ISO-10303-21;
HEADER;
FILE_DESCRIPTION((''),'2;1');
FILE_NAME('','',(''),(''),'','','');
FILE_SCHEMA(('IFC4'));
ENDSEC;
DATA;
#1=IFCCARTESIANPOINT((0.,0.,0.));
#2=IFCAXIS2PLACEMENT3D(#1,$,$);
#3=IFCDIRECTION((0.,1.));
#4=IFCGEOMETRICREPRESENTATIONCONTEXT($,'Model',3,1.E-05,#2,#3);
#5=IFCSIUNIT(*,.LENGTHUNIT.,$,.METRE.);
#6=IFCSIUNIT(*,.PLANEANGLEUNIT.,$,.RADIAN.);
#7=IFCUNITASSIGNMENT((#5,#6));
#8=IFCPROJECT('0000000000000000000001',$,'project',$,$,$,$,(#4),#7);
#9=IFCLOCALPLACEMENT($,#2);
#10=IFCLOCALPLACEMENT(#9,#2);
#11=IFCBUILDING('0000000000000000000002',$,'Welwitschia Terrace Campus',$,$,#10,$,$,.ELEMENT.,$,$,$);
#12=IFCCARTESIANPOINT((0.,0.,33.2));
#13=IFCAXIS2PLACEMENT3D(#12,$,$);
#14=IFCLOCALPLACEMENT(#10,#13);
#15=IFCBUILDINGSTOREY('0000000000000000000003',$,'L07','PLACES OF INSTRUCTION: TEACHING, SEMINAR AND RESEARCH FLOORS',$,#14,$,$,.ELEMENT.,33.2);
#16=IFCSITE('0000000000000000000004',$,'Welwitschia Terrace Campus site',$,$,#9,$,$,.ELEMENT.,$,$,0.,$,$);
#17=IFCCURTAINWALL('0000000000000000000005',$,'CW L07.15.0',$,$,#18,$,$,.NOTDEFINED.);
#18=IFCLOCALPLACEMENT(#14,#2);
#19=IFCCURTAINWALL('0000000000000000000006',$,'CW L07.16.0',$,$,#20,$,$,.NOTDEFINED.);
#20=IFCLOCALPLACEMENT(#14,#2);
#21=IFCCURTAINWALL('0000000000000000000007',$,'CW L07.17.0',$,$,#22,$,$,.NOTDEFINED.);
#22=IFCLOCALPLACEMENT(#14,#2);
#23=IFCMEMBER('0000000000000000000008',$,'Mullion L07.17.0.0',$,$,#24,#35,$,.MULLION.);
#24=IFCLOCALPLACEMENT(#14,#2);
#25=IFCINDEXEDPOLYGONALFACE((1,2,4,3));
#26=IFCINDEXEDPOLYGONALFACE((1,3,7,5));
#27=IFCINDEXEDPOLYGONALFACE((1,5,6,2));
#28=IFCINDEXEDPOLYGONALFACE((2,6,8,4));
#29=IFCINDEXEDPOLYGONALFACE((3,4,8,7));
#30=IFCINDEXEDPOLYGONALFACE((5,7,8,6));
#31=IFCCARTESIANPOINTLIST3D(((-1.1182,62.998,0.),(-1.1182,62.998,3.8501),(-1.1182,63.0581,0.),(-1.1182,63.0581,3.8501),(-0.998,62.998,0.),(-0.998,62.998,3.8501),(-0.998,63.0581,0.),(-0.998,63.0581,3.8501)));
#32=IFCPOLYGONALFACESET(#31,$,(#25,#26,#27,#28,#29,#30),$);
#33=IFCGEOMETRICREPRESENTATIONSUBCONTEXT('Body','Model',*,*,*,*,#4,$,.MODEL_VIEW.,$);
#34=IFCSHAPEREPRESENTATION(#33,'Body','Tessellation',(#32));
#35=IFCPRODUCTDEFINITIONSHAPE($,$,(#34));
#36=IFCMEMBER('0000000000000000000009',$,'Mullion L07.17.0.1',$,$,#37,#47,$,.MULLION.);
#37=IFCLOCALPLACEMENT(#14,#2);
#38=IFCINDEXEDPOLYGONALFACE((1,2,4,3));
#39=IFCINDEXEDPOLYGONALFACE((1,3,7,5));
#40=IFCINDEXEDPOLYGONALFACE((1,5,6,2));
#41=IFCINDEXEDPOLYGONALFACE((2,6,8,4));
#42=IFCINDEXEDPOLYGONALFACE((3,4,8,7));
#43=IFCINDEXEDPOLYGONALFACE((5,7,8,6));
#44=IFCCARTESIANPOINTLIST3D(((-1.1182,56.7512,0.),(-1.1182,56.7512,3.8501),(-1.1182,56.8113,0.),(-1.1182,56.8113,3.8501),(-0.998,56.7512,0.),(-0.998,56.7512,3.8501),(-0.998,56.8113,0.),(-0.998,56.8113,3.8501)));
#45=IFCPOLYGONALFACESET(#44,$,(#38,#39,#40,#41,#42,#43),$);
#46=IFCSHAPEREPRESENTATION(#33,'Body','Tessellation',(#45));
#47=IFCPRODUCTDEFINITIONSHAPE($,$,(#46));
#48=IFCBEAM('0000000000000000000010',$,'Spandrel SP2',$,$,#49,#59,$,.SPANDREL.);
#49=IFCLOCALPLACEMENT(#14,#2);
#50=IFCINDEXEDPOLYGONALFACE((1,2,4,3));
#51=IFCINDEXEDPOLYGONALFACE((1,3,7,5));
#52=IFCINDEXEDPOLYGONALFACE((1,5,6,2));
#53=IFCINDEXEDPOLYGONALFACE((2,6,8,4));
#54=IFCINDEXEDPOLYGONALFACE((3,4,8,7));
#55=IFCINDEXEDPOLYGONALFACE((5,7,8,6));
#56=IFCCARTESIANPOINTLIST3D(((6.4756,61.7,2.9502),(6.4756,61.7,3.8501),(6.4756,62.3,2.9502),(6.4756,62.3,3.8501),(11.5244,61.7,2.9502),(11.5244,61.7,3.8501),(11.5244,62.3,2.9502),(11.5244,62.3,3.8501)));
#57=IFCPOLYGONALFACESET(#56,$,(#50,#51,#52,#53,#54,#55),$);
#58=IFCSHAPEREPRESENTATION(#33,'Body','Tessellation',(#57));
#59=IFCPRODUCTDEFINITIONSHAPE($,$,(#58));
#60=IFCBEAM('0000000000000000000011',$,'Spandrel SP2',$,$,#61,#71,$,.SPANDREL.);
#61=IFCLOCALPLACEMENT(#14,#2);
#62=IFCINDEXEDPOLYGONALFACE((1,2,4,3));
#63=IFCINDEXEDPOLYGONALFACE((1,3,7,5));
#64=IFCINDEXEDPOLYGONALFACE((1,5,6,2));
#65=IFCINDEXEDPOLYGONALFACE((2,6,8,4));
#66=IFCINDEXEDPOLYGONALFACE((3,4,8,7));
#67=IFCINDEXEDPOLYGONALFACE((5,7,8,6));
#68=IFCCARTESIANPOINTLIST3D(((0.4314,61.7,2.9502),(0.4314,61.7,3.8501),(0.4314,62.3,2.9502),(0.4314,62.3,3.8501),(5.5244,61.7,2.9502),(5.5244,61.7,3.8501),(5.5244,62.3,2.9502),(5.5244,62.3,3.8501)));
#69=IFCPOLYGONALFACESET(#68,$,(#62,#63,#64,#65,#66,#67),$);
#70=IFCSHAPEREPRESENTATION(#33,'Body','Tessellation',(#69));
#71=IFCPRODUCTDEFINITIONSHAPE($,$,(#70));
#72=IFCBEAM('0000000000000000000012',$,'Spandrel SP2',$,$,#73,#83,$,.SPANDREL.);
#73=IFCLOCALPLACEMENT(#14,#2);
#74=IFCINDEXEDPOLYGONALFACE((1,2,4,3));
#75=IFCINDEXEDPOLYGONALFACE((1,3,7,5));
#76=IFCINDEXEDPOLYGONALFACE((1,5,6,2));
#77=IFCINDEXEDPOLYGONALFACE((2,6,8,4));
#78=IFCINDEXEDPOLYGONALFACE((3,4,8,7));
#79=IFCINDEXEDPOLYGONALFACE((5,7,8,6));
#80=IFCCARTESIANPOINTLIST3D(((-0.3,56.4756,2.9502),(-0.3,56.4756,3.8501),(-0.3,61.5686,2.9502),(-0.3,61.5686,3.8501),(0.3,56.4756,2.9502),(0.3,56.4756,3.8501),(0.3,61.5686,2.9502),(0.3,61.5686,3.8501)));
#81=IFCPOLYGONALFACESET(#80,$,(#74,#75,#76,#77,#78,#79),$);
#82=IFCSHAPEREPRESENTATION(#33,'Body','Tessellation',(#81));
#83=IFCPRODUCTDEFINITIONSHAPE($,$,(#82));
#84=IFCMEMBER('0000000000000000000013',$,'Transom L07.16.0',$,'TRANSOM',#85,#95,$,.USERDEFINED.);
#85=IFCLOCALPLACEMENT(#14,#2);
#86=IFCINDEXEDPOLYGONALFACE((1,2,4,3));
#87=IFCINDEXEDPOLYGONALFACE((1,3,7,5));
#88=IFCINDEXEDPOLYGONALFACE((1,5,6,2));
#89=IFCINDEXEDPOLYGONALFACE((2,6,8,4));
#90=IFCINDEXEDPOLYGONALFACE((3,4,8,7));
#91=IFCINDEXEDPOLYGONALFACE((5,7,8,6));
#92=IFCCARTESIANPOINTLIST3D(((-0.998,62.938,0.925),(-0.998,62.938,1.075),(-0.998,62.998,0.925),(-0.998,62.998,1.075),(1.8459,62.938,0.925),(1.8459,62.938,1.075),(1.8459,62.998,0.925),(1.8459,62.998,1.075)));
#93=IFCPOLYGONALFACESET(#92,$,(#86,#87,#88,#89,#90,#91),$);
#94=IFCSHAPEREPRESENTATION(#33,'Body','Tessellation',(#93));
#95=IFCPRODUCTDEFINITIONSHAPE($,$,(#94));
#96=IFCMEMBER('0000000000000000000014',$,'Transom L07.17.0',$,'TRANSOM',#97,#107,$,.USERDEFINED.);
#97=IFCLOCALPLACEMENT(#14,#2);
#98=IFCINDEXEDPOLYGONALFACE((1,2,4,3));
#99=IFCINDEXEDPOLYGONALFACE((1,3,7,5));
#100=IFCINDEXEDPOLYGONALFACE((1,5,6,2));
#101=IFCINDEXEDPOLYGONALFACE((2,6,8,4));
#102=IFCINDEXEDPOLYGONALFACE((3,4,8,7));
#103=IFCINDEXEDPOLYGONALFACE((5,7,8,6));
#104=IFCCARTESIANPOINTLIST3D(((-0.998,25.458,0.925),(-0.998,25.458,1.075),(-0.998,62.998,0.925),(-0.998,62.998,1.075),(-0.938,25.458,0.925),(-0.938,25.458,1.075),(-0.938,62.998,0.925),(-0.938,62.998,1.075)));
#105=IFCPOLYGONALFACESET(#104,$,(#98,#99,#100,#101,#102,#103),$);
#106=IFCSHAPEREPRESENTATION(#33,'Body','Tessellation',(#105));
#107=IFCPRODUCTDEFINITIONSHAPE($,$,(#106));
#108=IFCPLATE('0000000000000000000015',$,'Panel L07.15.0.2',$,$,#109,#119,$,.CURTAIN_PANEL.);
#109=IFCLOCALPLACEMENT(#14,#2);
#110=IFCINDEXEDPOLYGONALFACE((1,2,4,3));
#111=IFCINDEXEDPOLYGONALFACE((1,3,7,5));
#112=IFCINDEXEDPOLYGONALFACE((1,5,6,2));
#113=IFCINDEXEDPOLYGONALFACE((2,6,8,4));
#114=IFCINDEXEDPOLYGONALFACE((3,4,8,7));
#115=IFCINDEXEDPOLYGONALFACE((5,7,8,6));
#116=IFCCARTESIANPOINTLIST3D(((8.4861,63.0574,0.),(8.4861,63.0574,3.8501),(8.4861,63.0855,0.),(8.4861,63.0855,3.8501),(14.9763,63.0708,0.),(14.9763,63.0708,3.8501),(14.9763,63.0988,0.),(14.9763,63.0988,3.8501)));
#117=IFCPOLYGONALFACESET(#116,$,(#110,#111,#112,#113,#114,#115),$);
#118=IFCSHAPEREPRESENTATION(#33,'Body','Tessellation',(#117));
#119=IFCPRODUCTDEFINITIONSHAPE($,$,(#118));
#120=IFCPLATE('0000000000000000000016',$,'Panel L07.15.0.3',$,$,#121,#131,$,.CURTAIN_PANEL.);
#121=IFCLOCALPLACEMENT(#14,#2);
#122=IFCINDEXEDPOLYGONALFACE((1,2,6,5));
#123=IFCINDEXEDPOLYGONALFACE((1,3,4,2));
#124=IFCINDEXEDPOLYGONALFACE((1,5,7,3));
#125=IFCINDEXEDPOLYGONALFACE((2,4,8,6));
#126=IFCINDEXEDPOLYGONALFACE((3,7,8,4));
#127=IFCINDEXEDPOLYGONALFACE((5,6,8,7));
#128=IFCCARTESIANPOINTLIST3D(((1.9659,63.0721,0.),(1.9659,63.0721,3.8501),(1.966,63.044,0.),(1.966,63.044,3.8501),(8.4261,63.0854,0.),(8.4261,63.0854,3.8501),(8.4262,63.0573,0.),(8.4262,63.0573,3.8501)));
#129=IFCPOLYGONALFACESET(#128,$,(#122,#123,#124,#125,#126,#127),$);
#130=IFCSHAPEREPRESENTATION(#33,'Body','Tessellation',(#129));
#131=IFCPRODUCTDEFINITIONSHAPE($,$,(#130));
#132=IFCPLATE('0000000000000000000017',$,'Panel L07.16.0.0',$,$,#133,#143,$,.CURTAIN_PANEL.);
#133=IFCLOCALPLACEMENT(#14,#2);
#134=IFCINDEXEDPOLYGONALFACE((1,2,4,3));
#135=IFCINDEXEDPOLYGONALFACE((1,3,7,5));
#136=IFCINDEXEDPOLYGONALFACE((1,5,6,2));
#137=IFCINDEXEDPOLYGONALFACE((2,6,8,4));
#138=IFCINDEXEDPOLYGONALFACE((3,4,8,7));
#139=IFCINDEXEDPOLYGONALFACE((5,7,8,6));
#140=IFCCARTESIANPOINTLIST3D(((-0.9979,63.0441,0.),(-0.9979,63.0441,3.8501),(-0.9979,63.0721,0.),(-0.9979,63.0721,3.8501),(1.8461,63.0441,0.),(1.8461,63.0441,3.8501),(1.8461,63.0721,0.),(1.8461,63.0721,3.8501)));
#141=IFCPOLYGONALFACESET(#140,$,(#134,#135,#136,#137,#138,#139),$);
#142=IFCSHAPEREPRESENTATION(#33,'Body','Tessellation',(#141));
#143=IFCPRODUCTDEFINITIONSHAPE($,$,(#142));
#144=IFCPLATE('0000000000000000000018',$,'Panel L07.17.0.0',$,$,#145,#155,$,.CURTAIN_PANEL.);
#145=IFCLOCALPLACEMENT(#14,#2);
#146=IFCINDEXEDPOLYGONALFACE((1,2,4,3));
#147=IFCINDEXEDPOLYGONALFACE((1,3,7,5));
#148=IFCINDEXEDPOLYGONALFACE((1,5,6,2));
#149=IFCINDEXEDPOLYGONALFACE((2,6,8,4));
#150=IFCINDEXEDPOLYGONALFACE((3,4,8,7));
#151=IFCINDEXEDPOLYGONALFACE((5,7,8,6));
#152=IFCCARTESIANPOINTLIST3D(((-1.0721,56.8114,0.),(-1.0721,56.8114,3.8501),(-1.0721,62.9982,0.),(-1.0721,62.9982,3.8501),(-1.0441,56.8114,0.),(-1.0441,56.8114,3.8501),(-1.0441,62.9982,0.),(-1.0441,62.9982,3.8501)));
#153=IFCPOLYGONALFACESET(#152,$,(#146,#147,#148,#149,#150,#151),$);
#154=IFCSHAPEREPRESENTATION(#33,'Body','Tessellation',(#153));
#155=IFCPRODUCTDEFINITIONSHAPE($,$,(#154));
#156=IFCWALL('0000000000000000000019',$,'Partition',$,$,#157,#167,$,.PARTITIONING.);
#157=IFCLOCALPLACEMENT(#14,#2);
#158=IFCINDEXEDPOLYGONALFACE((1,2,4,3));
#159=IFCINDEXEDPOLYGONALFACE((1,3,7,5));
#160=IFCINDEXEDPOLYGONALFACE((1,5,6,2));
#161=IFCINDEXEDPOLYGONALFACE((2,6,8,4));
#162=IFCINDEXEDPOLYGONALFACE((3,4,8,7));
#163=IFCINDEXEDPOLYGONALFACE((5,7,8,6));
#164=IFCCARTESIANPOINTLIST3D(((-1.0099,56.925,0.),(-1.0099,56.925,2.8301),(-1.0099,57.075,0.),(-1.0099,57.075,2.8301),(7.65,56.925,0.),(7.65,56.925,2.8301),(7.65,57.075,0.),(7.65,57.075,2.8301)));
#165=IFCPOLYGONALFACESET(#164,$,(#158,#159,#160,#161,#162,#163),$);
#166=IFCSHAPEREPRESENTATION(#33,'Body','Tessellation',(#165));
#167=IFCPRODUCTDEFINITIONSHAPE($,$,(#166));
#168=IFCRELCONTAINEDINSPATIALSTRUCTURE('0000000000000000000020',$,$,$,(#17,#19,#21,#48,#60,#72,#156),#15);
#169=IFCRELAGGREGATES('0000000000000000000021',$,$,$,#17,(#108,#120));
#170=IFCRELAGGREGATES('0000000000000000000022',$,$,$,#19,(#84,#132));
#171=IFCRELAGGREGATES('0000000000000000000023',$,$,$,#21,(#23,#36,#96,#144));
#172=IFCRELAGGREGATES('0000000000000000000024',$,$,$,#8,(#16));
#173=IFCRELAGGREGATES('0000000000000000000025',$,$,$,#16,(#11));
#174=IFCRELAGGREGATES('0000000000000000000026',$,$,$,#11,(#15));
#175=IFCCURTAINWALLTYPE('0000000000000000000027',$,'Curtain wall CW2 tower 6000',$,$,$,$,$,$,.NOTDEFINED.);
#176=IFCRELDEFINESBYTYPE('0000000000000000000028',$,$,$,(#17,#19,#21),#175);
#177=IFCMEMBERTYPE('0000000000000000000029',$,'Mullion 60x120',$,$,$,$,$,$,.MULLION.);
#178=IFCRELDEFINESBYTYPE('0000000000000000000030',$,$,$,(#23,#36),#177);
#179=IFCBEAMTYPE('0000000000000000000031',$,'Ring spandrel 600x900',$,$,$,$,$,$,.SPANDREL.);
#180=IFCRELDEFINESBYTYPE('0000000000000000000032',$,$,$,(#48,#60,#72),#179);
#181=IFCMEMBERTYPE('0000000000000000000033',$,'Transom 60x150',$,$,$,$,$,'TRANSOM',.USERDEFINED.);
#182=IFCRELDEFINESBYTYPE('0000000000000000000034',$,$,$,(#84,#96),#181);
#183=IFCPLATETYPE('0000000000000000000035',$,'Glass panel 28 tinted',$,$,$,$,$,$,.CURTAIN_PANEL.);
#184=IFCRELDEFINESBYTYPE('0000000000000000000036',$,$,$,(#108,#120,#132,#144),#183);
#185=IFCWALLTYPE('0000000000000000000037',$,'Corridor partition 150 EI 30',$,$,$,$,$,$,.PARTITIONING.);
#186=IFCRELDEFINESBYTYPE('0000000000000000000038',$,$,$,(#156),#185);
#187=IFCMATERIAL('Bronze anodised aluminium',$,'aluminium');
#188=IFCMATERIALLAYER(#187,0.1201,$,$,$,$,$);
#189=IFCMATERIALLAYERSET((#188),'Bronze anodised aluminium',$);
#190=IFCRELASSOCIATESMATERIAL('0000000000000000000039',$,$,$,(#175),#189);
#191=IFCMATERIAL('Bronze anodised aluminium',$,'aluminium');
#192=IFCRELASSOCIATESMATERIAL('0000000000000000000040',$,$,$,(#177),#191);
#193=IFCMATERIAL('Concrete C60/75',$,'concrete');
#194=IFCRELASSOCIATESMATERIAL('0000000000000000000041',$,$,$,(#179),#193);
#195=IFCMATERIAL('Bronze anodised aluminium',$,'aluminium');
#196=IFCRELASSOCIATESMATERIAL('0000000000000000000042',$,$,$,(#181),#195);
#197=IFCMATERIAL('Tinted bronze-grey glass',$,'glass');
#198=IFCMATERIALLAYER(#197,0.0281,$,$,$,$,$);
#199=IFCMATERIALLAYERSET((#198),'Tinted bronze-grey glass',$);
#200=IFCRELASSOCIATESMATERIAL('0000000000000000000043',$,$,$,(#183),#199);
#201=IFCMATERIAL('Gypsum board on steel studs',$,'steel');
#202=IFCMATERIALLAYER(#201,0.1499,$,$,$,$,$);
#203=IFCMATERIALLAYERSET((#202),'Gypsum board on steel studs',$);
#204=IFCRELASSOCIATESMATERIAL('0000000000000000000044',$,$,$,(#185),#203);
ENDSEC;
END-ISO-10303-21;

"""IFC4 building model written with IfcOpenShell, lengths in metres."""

from ifc_helpers import new_model, si_unit, direction, frame, frame_2d, origin, origin_2d, place, context, subcontext, project, spatial, rectangle, extrude, material, layer, layer_set, material_profile, profile_set, type_object, element, aggregate, save


model = new_model("IFC4")

# Units and contexts
model_context = context("Model", 3, precision=1e-05, world=origin(), true_north=direction((0.0, 1.0)))
body_context = subcontext(model_context, "Body", "Model", "MODEL_VIEW")
ifc_project = project(units=[si_unit("LENGTHUNIT", "METRE"), si_unit("PLANEANGLEUNIT", "RADIAN")], contexts=[model_context])

# Site, building, storey
site_placement = place(None, origin())
site = spatial("IfcSite", under=ifc_project, at=site_placement, Name="Welwitschia Terrace Campus site", CompositionType="ELEMENT", RefElevation=0.0)
building_placement = place(site_placement, origin())
building = spatial("IfcBuilding", under=site, at=building_placement, Name="Welwitschia Terrace Campus", CompositionType="ELEMENT")
storey_placement = place(building_placement, frame((0.0, 0.0, 33.2)))
storey = spatial("IfcBuildingStorey", under=building, at=storey_placement, Name="L07", Description="PLACES OF INSTRUCTION: TEACHING, SEMINAR AND RESEARCH FLOORS", CompositionType="ELEMENT", Elevation=33.2)

# Curtain walls, members
ifc_material_1 = material(Name="Bronze anodised aluminium", Category="aluminium")
ifc_layer_1 = layer(ifc_material_1, 0.1201)
ifc_layer_set_1 = layer_set([ifc_layer_1], Name="Bronze anodised aluminium")
curtain_wall_type = type_object("IfcCurtainWallType", Name="Curtain wall CW2 tower 6000", PredefinedType="NOTDEFINED", material=ifc_layer_set_1)
curtain_wall_1_placement = place(storey_placement, origin())
curtain_wall_1 = element("IfcCurtainWall", 1, at=curtain_wall_1_placement, inside=storey, type_object=curtain_wall_type, Name="CW L07.15.0", PredefinedType="NOTDEFINED")
ifc_material_2 = material(Name="Bronze anodised aluminium", Category="aluminium")
ifc_material_profile_1 = material_profile(ifc_material_2, rectangle(XDim=0.1201, YDim=0.0601, at=origin_2d()))
ifc_profile_set_1 = profile_set([ifc_material_profile_1], Name="Bronze anodised aluminium")
member_type_1 = type_object("IfcMemberType", Name="Mullion 60x120", PredefinedType="MULLION", material=ifc_profile_set_1)
curtain_wall_2_placement = place(storey_placement, origin())
curtain_wall_2 = element("IfcCurtainWall", 2, at=curtain_wall_2_placement, inside=storey, type_object=curtain_wall_type, Name="CW L07.16.0", PredefinedType="NOTDEFINED")
curtain_wall_3_placement = place(storey_placement, origin())
curtain_wall_3 = element("IfcCurtainWall", 3, at=curtain_wall_3_placement, inside=storey, type_object=curtain_wall_type, Name="CW L07.17.0", PredefinedType="NOTDEFINED")
member_1_placement = place(storey_placement, frame((-1.0581, 63.0281, 0.0), z_axis=(0.0, 0.0, 1.0), x_axis=(1.0, 0.0, 0.0)))
member_1 = element("IfcMember", 4, at=member_1_placement, type_object=member_type_1, Name="Mullion L07.17.0.0", PredefinedType="MULLION", context=body_context, shape_type="SweptSolid", body=[
    extrude(rectangle(XDim=0.1201, YDim=0.0601, at=origin_2d()), origin(), (0.0, 0.0, 1.0), 3.8501),
])
member_2_placement = place(storey_placement, frame((-1.0581, 56.7812, 0.0), z_axis=(0.0, 0.0, 1.0), x_axis=(1.0, 0.0, 0.0)))
member_2 = element("IfcMember", 5, at=member_2_placement, type_object=member_type_1, Name="Mullion L07.17.0.1", PredefinedType="MULLION", context=body_context, shape_type="SweptSolid", body=[
    extrude(rectangle(XDim=0.1201, YDim=0.0601, at=origin_2d()), origin(), (0.0, 0.0, 1.0), 3.8501),
])

# Beams
ifc_material_3 = material(Name="Concrete C60/75", Category="concrete")
ifc_material_profile_2 = material_profile(ifc_material_3, rectangle(XDim=0.6001, YDim=0.8999, at=origin_2d()))
ifc_profile_set_2 = profile_set([ifc_material_profile_2], Name="Concrete C60/75")
beam_type_1 = type_object("IfcBeamType", Name="Ring spandrel 600x900", PredefinedType="SPANDREL", material=ifc_profile_set_2)
beam_1_placement = place(storey_placement, frame((11.5244, 62.0, 3.4001), z_axis=(-1.0, 0.0, 0.0), x_axis=(0.0, -1.0, 0.0)))
element("IfcBeam", 6, at=beam_1_placement, inside=storey, type_object=beam_type_1, Name="Spandrel SP2", PredefinedType="SPANDREL", context=body_context, shape_type="SweptSolid", body=[
    extrude(rectangle(XDim=0.6001, YDim=0.8999, at=origin_2d()), origin(), (0.0, 0.0, 1.0), 5.0488),
])
for number, where, z_axis, x_axis, name in (
    (7, (5.5244, 62.0, 3.4001), (-1.0, 0.0, 0.0), (0.0, -1.0, 0.0), "Spandrel SP2"),
    (8, (0.0, 61.5686, 3.4001), (0.0, -1.0, 0.0), (1.0, 0.0, 0.0), "Spandrel SP2"),
):
    element("IfcBeam", number, at=place(storey_placement, frame(where, z_axis=z_axis, x_axis=x_axis)), inside=storey, type_object=beam_type_1, Name=name, PredefinedType="SPANDREL", context=body_context, shape_type="SweptSolid", body=[
        extrude(rectangle(XDim=0.6001, YDim=0.8999, at=origin_2d()), origin(), (0.0, 0.0, 1.0), 5.093),
    ])

# Members
ifc_material_4 = material(Name="Bronze anodised aluminium", Category="aluminium")
ifc_material_profile_3 = material_profile(ifc_material_4, rectangle(XDim=0.0601, YDim=0.1499, at=origin_2d()))
ifc_profile_set_3 = profile_set([ifc_material_profile_3], Name="Bronze anodised aluminium")
member_type_2 = type_object("IfcMemberType", Name="Transom 60x150", ElementType="TRANSOM", PredefinedType="USERDEFINED", material=ifc_profile_set_3)
member_3_placement = place(storey_placement, frame((1.8459, 62.968, 1.0), z_axis=(-1.0, 0.0, 0.0), x_axis=(0.0, -1.0, 0.0)))
member_3 = element("IfcMember", 9, at=member_3_placement, type_object=member_type_2, Name="Transom L07.16.0", ObjectType="TRANSOM", PredefinedType="USERDEFINED", context=body_context, shape_type="SweptSolid", body=[
    extrude(rectangle(XDim=0.0601, YDim=0.1499, at=origin_2d()), origin(), (0.0, 0.0, 1.0), 2.844),
])
member_4_placement = place(storey_placement, frame((-0.968, 62.998, 1.0), z_axis=(0.0, -1.0, 0.0), x_axis=(1.0, 0.0, 0.0)))
member_4 = element("IfcMember", 10, at=member_4_placement, type_object=member_type_2, Name="Transom L07.17.0", ObjectType="TRANSOM", PredefinedType="USERDEFINED", context=body_context, shape_type="SweptSolid", body=[
    extrude(rectangle(XDim=0.0601, YDim=0.1499, at=origin_2d()), origin(), (0.0, 0.0, 1.0), 37.54),
])

# Plates
ifc_material_5 = material(Name="Tinted bronze-grey glass", Category="glass")
ifc_layer_2 = layer(ifc_material_5, 0.0281)
ifc_layer_set_2 = layer_set([ifc_layer_2], Name="Tinted bronze-grey glass")
plate_type = type_object("IfcPlateType", Name="Glass panel 28 tinted", PredefinedType="CURTAIN_PANEL", material=ifc_layer_set_2)
plate_1_placement = place(storey_placement, frame((11.7312, 63.0781, 0.0), z_axis=(0.0, 0.0, 1.0), x_axis=(-0.999998, -0.002058, 0.0)))
plate_1 = element("IfcPlate", 11, at=plate_1_placement, type_object=plate_type, Name="Panel L07.15.0.2", PredefinedType="CURTAIN_PANEL", context=body_context, shape_type="SweptSolid", body=[
    extrude(rectangle(XDim=6.4902, YDim=0.0281, at=origin_2d()), origin(), (0.0, 0.0, 1.0), 3.8501),
])
plate_2_placement = place(storey_placement, frame((5.196, 63.0647, 0.0), z_axis=(0.0, 0.0, 1.0), x_axis=(-0.999998, -0.002058, 0.0)))
plate_2 = element("IfcPlate", 12, at=plate_2_placement, type_object=plate_type, Name="Panel L07.15.0.3", PredefinedType="CURTAIN_PANEL", context=body_context, shape_type="SweptSolid", body=[
    extrude(rectangle(XDim=6.4602, YDim=0.0281, at=origin_2d()), origin(), (0.0, 0.0, 1.0), 3.8501),
])
aggregate(curtain_wall_1, [plate_1, plate_2])
plate_3_placement = place(storey_placement, frame((0.4241, 63.0581, 0.0), z_axis=(0.0, 0.0, 1.0), x_axis=(-1.0, 0.0, 0.0)))
plate_3 = element("IfcPlate", 13, at=plate_3_placement, type_object=plate_type, Name="Panel L07.16.0.0", PredefinedType="CURTAIN_PANEL", context=body_context, shape_type="SweptSolid", body=[
    extrude(rectangle(XDim=2.844, YDim=0.0281, at=origin_2d()), origin(), (0.0, 0.0, 1.0), 3.8501),
])
aggregate(curtain_wall_2, [member_3, plate_3])
plate_4_placement = place(storey_placement, frame((-1.0581, 59.9048, 0.0), z_axis=(0.0, 0.0, 1.0), x_axis=(0.0, -1.0, 0.0)))
plate_4 = element("IfcPlate", 14, at=plate_4_placement, type_object=plate_type, Name="Panel L07.17.0.0", PredefinedType="CURTAIN_PANEL", context=body_context, shape_type="SweptSolid", body=[
    extrude(rectangle(XDim=6.1868, YDim=0.0281, at=origin_2d()), origin(), (0.0, 0.0, 1.0), 3.8501),
])
aggregate(curtain_wall_3, [member_1, member_2, member_4, plate_4])

# Wall
ifc_material_6 = material(Name="Gypsum board on steel studs", Category="steel")
ifc_layer_3 = layer(ifc_material_6, 0.1499)
ifc_layer_set_3 = layer_set([ifc_layer_3], Name="Gypsum board on steel studs")
wall_type = type_object("IfcWallType", Name="Corridor partition 150 EI 30", PredefinedType="PARTITIONING", material=ifc_layer_set_3)
wall_1_placement = place(storey_placement, frame((-1.01, 57.0, 0.0), z_axis=(0.0, 0.0, 1.0), x_axis=(1.0, 0.0, 0.0)))
element("IfcWall", 15, at=wall_1_placement, inside=storey, type_object=wall_type, Name="Partition", PredefinedType="PARTITIONING", context=body_context, shape_type="SweptSolid", body=[
    extrude(rectangle(XDim=8.6599, YDim=0.1499, at=frame_2d((4.3301, 0.0))), origin(), (0.0, 0.0, 1.0), 2.8301),
])

save(model, "model.ifc")
